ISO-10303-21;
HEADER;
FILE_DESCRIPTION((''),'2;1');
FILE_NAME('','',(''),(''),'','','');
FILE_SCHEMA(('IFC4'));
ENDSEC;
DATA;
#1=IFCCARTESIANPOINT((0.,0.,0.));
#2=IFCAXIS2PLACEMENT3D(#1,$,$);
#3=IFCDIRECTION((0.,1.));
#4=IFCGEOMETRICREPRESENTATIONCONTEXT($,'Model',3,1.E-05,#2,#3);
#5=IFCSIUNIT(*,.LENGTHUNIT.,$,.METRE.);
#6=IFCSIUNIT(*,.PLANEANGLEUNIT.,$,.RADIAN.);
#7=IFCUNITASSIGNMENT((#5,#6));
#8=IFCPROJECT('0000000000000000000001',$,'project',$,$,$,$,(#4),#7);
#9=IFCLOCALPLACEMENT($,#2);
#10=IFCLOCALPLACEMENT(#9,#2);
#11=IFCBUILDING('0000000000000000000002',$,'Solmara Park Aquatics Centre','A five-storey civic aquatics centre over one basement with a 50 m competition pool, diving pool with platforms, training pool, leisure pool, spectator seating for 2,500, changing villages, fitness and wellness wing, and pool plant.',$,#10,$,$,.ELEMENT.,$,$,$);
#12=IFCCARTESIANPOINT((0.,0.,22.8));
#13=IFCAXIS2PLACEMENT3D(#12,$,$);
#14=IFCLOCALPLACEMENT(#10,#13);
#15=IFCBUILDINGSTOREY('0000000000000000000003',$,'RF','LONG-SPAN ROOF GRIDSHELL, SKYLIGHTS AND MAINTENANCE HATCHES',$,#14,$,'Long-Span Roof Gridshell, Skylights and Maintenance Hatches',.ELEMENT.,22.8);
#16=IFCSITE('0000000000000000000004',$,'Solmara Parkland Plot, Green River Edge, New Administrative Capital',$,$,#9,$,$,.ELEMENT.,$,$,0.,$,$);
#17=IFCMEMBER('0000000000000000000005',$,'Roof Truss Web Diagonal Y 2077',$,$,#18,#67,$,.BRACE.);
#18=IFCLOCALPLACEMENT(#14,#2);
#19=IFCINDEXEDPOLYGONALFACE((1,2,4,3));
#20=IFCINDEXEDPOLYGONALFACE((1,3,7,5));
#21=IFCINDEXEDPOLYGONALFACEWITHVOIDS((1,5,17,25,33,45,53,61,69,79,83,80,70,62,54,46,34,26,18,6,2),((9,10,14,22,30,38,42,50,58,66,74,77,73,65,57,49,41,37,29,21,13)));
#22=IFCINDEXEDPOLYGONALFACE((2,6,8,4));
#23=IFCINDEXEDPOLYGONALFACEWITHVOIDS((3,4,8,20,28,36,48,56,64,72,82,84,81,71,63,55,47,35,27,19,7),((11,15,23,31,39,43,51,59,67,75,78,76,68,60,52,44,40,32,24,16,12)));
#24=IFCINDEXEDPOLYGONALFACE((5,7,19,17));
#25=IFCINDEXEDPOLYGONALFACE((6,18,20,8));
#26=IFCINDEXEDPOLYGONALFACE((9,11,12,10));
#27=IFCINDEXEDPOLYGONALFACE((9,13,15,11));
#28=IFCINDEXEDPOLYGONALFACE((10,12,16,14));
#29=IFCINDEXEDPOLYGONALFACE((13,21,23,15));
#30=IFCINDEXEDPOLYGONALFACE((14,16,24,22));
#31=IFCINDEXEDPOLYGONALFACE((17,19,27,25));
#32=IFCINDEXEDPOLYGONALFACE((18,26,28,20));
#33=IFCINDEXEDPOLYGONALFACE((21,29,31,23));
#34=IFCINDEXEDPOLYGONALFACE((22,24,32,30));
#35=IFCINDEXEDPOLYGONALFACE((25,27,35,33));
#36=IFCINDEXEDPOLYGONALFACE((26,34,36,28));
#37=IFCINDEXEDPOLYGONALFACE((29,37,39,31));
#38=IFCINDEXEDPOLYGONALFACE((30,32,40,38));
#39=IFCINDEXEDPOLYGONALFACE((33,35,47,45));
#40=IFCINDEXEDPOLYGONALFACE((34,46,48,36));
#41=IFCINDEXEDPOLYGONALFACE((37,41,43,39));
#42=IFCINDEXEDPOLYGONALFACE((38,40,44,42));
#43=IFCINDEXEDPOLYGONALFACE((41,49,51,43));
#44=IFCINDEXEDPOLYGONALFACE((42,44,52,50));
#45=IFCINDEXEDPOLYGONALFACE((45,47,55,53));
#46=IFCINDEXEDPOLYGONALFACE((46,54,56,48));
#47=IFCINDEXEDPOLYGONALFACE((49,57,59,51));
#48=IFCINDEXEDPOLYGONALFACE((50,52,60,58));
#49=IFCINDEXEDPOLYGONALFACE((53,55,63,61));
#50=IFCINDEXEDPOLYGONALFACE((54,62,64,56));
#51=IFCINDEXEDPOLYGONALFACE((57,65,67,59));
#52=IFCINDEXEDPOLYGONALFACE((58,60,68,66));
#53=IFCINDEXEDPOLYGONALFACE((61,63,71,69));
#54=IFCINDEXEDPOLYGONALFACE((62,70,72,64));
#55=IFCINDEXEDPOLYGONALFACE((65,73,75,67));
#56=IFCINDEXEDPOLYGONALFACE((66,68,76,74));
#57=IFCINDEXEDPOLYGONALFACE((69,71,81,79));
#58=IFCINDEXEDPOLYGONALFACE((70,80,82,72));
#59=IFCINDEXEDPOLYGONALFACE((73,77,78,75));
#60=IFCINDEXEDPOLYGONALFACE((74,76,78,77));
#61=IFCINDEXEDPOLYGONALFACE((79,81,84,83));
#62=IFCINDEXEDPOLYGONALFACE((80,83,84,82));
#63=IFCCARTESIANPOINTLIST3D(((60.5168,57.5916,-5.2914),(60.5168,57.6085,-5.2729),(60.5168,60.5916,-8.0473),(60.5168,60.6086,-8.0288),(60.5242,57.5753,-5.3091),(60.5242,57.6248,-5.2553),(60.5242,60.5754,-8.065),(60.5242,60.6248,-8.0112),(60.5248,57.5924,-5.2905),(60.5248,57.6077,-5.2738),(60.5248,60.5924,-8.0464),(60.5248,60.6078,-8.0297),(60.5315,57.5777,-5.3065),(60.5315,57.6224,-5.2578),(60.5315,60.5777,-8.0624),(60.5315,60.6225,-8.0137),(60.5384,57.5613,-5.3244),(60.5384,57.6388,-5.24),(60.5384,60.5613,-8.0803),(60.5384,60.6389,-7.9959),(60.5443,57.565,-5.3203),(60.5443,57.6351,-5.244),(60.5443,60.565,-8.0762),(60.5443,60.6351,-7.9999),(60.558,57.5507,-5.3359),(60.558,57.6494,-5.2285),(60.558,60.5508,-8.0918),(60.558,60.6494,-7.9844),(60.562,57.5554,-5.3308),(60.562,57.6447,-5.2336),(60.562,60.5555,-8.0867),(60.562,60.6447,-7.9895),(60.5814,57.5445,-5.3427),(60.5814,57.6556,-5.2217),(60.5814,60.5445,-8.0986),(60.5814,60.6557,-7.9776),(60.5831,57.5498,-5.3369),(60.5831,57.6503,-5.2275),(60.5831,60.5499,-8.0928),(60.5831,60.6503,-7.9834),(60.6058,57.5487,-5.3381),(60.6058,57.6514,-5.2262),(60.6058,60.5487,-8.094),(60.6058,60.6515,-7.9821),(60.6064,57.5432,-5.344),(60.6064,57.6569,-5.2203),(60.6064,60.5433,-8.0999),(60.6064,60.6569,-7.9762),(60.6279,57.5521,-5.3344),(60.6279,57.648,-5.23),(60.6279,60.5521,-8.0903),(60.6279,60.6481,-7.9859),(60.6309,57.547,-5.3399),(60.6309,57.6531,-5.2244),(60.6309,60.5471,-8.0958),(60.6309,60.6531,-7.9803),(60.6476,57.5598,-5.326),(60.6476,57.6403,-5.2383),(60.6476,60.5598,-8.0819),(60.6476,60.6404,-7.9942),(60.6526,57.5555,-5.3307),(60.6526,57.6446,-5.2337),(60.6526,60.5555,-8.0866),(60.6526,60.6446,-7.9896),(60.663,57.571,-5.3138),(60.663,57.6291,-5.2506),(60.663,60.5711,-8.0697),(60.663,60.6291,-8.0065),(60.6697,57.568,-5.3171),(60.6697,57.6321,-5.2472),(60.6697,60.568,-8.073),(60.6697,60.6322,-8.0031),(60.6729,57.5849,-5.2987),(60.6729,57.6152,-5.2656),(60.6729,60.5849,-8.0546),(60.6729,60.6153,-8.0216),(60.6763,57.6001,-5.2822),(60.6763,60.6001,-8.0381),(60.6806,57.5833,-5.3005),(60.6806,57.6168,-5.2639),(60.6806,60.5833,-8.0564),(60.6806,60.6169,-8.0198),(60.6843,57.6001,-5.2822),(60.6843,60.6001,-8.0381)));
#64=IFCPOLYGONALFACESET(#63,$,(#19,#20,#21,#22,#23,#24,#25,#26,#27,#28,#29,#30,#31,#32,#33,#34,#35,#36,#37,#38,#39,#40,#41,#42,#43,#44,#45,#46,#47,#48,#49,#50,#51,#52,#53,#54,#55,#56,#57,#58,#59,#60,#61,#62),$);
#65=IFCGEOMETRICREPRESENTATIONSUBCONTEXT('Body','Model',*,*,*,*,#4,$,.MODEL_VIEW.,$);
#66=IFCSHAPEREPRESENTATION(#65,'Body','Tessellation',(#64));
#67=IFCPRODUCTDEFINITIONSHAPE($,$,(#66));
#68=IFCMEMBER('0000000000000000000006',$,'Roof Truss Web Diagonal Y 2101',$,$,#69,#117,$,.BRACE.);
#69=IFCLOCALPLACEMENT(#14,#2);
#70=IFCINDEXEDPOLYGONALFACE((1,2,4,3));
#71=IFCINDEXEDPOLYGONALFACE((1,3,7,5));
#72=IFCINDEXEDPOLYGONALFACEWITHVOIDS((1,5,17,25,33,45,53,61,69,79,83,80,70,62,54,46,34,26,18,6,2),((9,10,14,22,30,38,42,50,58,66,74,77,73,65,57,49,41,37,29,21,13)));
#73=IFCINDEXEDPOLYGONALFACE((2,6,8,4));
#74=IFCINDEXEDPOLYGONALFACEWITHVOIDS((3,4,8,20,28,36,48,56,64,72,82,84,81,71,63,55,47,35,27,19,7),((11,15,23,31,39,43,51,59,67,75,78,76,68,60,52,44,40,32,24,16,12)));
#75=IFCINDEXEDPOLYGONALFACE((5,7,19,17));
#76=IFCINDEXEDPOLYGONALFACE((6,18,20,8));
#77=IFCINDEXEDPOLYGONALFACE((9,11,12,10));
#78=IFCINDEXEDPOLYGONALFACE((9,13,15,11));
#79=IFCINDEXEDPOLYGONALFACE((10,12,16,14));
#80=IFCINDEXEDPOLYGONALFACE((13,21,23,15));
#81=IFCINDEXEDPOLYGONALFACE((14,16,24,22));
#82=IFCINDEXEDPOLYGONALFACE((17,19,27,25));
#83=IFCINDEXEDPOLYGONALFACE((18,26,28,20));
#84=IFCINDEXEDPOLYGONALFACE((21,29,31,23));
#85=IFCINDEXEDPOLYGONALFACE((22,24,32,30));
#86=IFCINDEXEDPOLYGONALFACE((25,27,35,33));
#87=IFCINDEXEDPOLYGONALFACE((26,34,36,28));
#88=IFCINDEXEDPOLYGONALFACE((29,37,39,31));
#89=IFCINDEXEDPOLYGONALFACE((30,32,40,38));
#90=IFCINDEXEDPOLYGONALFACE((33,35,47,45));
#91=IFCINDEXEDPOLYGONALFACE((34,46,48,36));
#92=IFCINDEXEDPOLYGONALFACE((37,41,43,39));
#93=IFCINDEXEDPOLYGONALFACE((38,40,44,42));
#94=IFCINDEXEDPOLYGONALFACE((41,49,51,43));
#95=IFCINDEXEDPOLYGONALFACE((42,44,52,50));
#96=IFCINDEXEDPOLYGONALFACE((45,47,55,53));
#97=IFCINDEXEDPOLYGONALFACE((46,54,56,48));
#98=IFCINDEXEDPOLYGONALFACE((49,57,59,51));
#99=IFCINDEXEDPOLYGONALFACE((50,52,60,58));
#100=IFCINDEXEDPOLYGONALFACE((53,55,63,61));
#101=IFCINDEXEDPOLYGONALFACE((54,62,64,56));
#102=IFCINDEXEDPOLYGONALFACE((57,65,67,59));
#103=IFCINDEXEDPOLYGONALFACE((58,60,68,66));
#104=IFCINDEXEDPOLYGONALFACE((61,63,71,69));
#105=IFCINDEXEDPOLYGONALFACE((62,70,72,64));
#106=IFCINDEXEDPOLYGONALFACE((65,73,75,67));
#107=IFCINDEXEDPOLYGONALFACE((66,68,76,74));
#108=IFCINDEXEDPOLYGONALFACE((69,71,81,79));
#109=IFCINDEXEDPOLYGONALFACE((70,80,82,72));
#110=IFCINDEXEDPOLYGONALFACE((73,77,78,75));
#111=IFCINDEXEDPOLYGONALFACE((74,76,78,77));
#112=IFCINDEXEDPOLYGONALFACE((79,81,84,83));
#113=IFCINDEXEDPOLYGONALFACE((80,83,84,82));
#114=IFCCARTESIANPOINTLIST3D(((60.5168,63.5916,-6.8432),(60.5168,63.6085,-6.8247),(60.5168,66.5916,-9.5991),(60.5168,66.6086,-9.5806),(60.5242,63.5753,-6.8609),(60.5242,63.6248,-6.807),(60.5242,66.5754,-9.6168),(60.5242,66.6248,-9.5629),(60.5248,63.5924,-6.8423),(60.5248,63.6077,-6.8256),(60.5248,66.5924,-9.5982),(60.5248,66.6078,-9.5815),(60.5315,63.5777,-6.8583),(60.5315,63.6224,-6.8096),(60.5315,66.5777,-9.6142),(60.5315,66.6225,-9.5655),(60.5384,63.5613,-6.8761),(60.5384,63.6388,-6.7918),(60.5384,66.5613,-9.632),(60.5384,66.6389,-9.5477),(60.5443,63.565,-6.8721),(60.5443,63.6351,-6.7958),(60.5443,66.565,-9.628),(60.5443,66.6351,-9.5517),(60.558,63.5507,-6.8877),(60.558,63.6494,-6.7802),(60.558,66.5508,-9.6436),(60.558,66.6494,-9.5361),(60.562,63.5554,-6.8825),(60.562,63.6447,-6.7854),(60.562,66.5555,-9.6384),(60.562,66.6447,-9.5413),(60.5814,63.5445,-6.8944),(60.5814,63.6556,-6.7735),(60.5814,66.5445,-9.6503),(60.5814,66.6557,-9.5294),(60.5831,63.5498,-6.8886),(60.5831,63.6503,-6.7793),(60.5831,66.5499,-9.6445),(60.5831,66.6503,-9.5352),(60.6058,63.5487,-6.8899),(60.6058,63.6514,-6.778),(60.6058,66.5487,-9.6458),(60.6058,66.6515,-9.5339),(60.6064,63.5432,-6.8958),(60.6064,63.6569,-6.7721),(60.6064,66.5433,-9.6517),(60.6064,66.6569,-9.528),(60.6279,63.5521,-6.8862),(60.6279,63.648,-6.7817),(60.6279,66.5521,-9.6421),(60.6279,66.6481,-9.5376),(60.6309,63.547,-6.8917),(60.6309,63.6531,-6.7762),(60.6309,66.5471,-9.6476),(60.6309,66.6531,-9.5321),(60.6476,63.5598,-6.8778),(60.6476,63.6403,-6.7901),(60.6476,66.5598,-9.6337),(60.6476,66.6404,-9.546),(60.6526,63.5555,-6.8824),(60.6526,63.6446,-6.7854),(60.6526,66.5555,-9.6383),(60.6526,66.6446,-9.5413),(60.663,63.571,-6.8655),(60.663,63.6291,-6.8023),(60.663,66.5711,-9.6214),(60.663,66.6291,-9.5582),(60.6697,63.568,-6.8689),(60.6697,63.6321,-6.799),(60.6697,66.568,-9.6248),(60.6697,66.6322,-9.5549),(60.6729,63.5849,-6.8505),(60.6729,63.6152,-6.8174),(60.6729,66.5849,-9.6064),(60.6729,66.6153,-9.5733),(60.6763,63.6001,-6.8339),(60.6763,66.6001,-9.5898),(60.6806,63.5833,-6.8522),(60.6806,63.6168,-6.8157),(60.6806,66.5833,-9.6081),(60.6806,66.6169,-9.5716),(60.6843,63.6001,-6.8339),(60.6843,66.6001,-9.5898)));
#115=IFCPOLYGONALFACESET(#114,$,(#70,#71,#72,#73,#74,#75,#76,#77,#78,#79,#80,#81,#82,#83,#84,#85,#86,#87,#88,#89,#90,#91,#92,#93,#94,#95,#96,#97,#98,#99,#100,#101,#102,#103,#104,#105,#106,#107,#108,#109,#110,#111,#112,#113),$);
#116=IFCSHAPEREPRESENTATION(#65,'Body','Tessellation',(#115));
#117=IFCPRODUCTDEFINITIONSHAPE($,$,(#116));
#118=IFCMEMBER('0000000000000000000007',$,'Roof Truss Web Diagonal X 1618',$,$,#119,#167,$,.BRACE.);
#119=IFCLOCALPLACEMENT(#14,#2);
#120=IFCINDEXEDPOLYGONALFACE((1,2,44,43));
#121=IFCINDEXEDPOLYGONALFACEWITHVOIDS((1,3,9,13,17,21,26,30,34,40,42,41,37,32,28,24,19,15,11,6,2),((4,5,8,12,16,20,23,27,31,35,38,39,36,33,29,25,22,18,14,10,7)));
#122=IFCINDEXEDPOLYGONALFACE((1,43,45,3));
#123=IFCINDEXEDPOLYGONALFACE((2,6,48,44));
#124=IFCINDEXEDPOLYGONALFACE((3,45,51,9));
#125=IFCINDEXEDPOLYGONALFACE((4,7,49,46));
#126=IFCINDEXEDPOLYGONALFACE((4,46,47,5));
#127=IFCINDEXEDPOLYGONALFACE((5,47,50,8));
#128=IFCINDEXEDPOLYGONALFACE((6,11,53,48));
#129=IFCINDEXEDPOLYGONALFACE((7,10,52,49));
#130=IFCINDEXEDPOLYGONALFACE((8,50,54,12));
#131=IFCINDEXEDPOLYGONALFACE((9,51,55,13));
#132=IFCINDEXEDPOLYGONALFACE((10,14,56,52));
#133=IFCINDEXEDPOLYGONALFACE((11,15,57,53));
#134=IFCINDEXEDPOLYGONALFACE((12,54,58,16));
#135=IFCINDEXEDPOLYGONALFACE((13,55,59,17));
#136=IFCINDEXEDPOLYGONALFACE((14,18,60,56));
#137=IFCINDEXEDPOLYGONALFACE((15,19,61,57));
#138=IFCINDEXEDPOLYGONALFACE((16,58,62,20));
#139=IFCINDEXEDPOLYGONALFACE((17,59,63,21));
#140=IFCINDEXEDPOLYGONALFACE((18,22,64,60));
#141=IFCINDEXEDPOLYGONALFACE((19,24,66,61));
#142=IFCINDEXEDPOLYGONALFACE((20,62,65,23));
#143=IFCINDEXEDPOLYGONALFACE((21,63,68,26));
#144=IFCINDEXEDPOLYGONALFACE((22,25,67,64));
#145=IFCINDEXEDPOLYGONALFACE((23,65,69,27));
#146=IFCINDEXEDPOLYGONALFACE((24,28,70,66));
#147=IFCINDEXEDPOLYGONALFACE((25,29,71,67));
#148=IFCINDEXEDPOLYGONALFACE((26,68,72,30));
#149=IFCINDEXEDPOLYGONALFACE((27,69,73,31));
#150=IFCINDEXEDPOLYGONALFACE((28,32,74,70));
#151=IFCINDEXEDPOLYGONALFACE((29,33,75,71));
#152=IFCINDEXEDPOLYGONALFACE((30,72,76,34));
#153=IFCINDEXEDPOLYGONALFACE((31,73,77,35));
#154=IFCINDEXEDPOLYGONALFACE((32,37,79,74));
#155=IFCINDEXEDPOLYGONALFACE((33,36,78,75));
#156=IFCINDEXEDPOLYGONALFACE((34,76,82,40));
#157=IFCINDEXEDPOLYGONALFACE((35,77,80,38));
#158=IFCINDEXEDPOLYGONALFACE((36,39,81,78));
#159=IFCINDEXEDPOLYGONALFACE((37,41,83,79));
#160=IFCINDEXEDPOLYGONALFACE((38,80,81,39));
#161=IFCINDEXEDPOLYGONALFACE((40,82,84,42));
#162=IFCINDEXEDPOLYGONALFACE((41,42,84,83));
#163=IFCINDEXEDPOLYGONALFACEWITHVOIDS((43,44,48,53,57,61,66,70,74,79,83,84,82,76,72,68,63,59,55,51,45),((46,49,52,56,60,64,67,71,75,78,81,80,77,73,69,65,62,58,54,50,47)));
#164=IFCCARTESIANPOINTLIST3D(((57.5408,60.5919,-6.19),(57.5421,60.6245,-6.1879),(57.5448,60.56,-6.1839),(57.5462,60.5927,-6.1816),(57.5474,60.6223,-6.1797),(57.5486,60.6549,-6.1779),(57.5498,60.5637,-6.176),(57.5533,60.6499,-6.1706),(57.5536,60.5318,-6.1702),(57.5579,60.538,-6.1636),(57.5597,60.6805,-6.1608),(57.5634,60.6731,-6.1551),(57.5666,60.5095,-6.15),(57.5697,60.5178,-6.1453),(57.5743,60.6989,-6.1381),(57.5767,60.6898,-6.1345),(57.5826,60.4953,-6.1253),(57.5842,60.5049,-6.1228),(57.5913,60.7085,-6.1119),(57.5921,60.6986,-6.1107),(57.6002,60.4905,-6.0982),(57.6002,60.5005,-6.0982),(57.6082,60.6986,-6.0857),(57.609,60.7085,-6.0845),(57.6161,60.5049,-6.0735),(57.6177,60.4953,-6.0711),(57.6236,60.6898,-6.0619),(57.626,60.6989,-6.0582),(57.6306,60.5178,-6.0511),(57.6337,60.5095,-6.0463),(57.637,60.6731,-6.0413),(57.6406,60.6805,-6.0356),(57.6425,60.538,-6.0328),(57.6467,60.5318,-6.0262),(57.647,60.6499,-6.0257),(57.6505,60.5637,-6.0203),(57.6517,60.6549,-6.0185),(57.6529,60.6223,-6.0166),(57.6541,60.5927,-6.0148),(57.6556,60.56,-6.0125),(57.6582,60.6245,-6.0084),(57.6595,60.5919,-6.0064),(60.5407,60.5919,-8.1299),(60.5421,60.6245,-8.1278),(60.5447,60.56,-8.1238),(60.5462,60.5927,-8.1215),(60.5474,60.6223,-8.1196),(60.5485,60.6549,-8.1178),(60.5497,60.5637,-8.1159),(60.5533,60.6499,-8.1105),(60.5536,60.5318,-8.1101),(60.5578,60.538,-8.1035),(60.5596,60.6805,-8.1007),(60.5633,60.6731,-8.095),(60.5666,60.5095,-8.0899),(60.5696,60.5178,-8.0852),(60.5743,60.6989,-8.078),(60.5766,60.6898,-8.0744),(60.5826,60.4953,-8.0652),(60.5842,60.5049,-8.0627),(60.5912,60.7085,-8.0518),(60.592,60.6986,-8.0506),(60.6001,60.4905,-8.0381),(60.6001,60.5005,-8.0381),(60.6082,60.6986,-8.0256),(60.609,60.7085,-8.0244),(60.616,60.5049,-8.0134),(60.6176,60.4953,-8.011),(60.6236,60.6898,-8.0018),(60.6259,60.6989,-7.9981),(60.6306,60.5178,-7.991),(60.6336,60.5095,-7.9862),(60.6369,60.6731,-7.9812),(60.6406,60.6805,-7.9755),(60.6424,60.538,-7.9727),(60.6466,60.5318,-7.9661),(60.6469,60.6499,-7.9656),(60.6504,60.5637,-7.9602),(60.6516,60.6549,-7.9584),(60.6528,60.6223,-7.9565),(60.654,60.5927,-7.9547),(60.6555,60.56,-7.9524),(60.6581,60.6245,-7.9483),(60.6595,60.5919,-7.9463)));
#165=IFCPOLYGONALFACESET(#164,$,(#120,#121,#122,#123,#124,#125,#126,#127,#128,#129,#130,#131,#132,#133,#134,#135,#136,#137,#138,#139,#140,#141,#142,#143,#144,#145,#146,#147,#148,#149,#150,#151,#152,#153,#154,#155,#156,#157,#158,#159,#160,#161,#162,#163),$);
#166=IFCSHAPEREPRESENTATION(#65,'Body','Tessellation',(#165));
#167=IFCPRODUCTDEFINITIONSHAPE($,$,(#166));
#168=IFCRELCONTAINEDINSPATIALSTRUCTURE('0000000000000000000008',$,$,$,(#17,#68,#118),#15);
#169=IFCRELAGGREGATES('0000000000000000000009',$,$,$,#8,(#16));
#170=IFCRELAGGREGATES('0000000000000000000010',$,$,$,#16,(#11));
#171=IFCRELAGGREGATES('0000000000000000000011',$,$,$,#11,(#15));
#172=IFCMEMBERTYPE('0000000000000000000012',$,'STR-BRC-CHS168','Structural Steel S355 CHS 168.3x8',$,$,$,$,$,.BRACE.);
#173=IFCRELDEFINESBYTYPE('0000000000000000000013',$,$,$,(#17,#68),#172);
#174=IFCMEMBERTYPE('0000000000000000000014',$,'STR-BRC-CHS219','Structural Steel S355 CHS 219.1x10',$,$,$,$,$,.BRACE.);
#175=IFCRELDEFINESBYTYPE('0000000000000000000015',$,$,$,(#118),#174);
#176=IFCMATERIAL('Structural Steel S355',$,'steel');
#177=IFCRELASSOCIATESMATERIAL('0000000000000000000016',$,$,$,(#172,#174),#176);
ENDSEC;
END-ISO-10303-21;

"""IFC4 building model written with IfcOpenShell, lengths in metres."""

from ifc_helpers import new_model, si_unit, direction, frame, origin, origin_2d, place, context, subcontext, project, spatial, hollow_circle, extrude, material, material_profile, profile_set, type_object, element, save


model = new_model("IFC4")

# Units and contexts
model_context = context("Model", 3, precision=1e-05, world=origin(), true_north=direction((0.0, 1.0)))
body_context = subcontext(model_context, "Body", "Model", "MODEL_VIEW")
ifc_project = project(units=[si_unit("LENGTHUNIT", "METRE"), si_unit("PLANEANGLEUNIT", "RADIAN")], contexts=[model_context])

# Site, building, storey
site_placement = place(None, origin())
site = spatial("IfcSite", under=ifc_project, at=site_placement, Name="Solmara Parkland Plot, Green River Edge, New Administrative Capital", CompositionType="ELEMENT", RefElevation=0.0)
building_placement = place(site_placement, origin())
building = spatial("IfcBuilding", under=site, at=building_placement, Name="Solmara Park Aquatics Centre", Description="A five-storey civic aquatics centre over one basement with a 50 m competition pool, diving pool with platforms, training pool, leisure pool, spectator seating for 2,500, changing villages, fitness and wellness wing, and pool plant.", CompositionType="ELEMENT")
storey_placement = place(building_placement, frame((0.0, 0.0, 22.8)))
storey = spatial("IfcBuildingStorey", under=building, at=storey_placement, Name="RF", Description="LONG-SPAN ROOF GRIDSHELL, SKYLIGHTS AND MAINTENANCE HATCHES", LongName="Long-Span Roof Gridshell, Skylights and Maintenance Hatches", CompositionType="ELEMENT", Elevation=22.8)

# Members
ifc_material_1 = material(Name="Structural Steel S355", Category="steel")
ifc_material_profile_1 = material_profile(ifc_material_1, hollow_circle(Radius=0.0842, WallThickness=0.0081, at=origin_2d()), Name="CHS 168.3x8")
ifc_profile_set_1 = profile_set([ifc_material_profile_1], Name="Structural Steel S355")
member_type_1 = type_object("IfcMemberType", Name="STR-BRC-CHS168", Description="Structural Steel S355 CHS 168.3x8", PredefinedType="BRACE", material=ifc_profile_set_1)
for number, where, z_axis, x_axis, name in (
    (1, (60.6001, 60.6001, -8.0381), (0.0, -0.736437, 0.676506), (1.0, 0.0, 0.0), "Roof Truss Web Diagonal Y 2077"),
    (2, (60.6001, 66.6001, -9.5898), (0.0, -0.736437, 0.676506), (1.0, 0.0, 0.0), "Roof Truss Web Diagonal Y 2101"),
):
    element("IfcMember", number, at=place(storey_placement, frame(where, z_axis=z_axis, x_axis=x_axis)), inside=storey, type_object=member_type_1, Name=name, PredefinedType="BRACE", context=body_context, shape_type="SweptSolid", body=[
        extrude(hollow_circle(Radius=0.0842, WallThickness=0.0081, at=origin_2d()), origin(), (0.0, 0.0, 1.0), 4.0737),
    ])
ifc_material_profile_2 = material_profile(ifc_material_1, hollow_circle(Radius=0.1096, WallThickness=0.01, at=origin_2d()), Name="CHS 219.1x10")
ifc_profile_set_2 = profile_set([ifc_material_profile_2], Name="Structural Steel S355")
member_type_2 = type_object("IfcMemberType", Name="STR-BRC-CHS219", Description="Structural Steel S355 CHS 219.1x10", PredefinedType="BRACE", material=ifc_profile_set_2)
for number, where, z_axis, x_axis, name in (
    (3, (60.6001, 60.6001, -8.0381), (-0.839728, 0.0, 0.543008), (0.0, -1.0, 0.0), "Roof Truss Web Diagonal X 1618"),
):
    element("IfcMember", number, at=place(storey_placement, frame(where, z_axis=z_axis, x_axis=x_axis)), inside=storey, type_object=member_type_2, Name=name, PredefinedType="BRACE", context=body_context, shape_type="SweptSolid", body=[
        extrude(hollow_circle(Radius=0.1096, WallThickness=0.01, at=origin_2d()), origin(), (0.0, 0.0, 1.0), 3.5725),
    ])

save(model, "model.ifc")
